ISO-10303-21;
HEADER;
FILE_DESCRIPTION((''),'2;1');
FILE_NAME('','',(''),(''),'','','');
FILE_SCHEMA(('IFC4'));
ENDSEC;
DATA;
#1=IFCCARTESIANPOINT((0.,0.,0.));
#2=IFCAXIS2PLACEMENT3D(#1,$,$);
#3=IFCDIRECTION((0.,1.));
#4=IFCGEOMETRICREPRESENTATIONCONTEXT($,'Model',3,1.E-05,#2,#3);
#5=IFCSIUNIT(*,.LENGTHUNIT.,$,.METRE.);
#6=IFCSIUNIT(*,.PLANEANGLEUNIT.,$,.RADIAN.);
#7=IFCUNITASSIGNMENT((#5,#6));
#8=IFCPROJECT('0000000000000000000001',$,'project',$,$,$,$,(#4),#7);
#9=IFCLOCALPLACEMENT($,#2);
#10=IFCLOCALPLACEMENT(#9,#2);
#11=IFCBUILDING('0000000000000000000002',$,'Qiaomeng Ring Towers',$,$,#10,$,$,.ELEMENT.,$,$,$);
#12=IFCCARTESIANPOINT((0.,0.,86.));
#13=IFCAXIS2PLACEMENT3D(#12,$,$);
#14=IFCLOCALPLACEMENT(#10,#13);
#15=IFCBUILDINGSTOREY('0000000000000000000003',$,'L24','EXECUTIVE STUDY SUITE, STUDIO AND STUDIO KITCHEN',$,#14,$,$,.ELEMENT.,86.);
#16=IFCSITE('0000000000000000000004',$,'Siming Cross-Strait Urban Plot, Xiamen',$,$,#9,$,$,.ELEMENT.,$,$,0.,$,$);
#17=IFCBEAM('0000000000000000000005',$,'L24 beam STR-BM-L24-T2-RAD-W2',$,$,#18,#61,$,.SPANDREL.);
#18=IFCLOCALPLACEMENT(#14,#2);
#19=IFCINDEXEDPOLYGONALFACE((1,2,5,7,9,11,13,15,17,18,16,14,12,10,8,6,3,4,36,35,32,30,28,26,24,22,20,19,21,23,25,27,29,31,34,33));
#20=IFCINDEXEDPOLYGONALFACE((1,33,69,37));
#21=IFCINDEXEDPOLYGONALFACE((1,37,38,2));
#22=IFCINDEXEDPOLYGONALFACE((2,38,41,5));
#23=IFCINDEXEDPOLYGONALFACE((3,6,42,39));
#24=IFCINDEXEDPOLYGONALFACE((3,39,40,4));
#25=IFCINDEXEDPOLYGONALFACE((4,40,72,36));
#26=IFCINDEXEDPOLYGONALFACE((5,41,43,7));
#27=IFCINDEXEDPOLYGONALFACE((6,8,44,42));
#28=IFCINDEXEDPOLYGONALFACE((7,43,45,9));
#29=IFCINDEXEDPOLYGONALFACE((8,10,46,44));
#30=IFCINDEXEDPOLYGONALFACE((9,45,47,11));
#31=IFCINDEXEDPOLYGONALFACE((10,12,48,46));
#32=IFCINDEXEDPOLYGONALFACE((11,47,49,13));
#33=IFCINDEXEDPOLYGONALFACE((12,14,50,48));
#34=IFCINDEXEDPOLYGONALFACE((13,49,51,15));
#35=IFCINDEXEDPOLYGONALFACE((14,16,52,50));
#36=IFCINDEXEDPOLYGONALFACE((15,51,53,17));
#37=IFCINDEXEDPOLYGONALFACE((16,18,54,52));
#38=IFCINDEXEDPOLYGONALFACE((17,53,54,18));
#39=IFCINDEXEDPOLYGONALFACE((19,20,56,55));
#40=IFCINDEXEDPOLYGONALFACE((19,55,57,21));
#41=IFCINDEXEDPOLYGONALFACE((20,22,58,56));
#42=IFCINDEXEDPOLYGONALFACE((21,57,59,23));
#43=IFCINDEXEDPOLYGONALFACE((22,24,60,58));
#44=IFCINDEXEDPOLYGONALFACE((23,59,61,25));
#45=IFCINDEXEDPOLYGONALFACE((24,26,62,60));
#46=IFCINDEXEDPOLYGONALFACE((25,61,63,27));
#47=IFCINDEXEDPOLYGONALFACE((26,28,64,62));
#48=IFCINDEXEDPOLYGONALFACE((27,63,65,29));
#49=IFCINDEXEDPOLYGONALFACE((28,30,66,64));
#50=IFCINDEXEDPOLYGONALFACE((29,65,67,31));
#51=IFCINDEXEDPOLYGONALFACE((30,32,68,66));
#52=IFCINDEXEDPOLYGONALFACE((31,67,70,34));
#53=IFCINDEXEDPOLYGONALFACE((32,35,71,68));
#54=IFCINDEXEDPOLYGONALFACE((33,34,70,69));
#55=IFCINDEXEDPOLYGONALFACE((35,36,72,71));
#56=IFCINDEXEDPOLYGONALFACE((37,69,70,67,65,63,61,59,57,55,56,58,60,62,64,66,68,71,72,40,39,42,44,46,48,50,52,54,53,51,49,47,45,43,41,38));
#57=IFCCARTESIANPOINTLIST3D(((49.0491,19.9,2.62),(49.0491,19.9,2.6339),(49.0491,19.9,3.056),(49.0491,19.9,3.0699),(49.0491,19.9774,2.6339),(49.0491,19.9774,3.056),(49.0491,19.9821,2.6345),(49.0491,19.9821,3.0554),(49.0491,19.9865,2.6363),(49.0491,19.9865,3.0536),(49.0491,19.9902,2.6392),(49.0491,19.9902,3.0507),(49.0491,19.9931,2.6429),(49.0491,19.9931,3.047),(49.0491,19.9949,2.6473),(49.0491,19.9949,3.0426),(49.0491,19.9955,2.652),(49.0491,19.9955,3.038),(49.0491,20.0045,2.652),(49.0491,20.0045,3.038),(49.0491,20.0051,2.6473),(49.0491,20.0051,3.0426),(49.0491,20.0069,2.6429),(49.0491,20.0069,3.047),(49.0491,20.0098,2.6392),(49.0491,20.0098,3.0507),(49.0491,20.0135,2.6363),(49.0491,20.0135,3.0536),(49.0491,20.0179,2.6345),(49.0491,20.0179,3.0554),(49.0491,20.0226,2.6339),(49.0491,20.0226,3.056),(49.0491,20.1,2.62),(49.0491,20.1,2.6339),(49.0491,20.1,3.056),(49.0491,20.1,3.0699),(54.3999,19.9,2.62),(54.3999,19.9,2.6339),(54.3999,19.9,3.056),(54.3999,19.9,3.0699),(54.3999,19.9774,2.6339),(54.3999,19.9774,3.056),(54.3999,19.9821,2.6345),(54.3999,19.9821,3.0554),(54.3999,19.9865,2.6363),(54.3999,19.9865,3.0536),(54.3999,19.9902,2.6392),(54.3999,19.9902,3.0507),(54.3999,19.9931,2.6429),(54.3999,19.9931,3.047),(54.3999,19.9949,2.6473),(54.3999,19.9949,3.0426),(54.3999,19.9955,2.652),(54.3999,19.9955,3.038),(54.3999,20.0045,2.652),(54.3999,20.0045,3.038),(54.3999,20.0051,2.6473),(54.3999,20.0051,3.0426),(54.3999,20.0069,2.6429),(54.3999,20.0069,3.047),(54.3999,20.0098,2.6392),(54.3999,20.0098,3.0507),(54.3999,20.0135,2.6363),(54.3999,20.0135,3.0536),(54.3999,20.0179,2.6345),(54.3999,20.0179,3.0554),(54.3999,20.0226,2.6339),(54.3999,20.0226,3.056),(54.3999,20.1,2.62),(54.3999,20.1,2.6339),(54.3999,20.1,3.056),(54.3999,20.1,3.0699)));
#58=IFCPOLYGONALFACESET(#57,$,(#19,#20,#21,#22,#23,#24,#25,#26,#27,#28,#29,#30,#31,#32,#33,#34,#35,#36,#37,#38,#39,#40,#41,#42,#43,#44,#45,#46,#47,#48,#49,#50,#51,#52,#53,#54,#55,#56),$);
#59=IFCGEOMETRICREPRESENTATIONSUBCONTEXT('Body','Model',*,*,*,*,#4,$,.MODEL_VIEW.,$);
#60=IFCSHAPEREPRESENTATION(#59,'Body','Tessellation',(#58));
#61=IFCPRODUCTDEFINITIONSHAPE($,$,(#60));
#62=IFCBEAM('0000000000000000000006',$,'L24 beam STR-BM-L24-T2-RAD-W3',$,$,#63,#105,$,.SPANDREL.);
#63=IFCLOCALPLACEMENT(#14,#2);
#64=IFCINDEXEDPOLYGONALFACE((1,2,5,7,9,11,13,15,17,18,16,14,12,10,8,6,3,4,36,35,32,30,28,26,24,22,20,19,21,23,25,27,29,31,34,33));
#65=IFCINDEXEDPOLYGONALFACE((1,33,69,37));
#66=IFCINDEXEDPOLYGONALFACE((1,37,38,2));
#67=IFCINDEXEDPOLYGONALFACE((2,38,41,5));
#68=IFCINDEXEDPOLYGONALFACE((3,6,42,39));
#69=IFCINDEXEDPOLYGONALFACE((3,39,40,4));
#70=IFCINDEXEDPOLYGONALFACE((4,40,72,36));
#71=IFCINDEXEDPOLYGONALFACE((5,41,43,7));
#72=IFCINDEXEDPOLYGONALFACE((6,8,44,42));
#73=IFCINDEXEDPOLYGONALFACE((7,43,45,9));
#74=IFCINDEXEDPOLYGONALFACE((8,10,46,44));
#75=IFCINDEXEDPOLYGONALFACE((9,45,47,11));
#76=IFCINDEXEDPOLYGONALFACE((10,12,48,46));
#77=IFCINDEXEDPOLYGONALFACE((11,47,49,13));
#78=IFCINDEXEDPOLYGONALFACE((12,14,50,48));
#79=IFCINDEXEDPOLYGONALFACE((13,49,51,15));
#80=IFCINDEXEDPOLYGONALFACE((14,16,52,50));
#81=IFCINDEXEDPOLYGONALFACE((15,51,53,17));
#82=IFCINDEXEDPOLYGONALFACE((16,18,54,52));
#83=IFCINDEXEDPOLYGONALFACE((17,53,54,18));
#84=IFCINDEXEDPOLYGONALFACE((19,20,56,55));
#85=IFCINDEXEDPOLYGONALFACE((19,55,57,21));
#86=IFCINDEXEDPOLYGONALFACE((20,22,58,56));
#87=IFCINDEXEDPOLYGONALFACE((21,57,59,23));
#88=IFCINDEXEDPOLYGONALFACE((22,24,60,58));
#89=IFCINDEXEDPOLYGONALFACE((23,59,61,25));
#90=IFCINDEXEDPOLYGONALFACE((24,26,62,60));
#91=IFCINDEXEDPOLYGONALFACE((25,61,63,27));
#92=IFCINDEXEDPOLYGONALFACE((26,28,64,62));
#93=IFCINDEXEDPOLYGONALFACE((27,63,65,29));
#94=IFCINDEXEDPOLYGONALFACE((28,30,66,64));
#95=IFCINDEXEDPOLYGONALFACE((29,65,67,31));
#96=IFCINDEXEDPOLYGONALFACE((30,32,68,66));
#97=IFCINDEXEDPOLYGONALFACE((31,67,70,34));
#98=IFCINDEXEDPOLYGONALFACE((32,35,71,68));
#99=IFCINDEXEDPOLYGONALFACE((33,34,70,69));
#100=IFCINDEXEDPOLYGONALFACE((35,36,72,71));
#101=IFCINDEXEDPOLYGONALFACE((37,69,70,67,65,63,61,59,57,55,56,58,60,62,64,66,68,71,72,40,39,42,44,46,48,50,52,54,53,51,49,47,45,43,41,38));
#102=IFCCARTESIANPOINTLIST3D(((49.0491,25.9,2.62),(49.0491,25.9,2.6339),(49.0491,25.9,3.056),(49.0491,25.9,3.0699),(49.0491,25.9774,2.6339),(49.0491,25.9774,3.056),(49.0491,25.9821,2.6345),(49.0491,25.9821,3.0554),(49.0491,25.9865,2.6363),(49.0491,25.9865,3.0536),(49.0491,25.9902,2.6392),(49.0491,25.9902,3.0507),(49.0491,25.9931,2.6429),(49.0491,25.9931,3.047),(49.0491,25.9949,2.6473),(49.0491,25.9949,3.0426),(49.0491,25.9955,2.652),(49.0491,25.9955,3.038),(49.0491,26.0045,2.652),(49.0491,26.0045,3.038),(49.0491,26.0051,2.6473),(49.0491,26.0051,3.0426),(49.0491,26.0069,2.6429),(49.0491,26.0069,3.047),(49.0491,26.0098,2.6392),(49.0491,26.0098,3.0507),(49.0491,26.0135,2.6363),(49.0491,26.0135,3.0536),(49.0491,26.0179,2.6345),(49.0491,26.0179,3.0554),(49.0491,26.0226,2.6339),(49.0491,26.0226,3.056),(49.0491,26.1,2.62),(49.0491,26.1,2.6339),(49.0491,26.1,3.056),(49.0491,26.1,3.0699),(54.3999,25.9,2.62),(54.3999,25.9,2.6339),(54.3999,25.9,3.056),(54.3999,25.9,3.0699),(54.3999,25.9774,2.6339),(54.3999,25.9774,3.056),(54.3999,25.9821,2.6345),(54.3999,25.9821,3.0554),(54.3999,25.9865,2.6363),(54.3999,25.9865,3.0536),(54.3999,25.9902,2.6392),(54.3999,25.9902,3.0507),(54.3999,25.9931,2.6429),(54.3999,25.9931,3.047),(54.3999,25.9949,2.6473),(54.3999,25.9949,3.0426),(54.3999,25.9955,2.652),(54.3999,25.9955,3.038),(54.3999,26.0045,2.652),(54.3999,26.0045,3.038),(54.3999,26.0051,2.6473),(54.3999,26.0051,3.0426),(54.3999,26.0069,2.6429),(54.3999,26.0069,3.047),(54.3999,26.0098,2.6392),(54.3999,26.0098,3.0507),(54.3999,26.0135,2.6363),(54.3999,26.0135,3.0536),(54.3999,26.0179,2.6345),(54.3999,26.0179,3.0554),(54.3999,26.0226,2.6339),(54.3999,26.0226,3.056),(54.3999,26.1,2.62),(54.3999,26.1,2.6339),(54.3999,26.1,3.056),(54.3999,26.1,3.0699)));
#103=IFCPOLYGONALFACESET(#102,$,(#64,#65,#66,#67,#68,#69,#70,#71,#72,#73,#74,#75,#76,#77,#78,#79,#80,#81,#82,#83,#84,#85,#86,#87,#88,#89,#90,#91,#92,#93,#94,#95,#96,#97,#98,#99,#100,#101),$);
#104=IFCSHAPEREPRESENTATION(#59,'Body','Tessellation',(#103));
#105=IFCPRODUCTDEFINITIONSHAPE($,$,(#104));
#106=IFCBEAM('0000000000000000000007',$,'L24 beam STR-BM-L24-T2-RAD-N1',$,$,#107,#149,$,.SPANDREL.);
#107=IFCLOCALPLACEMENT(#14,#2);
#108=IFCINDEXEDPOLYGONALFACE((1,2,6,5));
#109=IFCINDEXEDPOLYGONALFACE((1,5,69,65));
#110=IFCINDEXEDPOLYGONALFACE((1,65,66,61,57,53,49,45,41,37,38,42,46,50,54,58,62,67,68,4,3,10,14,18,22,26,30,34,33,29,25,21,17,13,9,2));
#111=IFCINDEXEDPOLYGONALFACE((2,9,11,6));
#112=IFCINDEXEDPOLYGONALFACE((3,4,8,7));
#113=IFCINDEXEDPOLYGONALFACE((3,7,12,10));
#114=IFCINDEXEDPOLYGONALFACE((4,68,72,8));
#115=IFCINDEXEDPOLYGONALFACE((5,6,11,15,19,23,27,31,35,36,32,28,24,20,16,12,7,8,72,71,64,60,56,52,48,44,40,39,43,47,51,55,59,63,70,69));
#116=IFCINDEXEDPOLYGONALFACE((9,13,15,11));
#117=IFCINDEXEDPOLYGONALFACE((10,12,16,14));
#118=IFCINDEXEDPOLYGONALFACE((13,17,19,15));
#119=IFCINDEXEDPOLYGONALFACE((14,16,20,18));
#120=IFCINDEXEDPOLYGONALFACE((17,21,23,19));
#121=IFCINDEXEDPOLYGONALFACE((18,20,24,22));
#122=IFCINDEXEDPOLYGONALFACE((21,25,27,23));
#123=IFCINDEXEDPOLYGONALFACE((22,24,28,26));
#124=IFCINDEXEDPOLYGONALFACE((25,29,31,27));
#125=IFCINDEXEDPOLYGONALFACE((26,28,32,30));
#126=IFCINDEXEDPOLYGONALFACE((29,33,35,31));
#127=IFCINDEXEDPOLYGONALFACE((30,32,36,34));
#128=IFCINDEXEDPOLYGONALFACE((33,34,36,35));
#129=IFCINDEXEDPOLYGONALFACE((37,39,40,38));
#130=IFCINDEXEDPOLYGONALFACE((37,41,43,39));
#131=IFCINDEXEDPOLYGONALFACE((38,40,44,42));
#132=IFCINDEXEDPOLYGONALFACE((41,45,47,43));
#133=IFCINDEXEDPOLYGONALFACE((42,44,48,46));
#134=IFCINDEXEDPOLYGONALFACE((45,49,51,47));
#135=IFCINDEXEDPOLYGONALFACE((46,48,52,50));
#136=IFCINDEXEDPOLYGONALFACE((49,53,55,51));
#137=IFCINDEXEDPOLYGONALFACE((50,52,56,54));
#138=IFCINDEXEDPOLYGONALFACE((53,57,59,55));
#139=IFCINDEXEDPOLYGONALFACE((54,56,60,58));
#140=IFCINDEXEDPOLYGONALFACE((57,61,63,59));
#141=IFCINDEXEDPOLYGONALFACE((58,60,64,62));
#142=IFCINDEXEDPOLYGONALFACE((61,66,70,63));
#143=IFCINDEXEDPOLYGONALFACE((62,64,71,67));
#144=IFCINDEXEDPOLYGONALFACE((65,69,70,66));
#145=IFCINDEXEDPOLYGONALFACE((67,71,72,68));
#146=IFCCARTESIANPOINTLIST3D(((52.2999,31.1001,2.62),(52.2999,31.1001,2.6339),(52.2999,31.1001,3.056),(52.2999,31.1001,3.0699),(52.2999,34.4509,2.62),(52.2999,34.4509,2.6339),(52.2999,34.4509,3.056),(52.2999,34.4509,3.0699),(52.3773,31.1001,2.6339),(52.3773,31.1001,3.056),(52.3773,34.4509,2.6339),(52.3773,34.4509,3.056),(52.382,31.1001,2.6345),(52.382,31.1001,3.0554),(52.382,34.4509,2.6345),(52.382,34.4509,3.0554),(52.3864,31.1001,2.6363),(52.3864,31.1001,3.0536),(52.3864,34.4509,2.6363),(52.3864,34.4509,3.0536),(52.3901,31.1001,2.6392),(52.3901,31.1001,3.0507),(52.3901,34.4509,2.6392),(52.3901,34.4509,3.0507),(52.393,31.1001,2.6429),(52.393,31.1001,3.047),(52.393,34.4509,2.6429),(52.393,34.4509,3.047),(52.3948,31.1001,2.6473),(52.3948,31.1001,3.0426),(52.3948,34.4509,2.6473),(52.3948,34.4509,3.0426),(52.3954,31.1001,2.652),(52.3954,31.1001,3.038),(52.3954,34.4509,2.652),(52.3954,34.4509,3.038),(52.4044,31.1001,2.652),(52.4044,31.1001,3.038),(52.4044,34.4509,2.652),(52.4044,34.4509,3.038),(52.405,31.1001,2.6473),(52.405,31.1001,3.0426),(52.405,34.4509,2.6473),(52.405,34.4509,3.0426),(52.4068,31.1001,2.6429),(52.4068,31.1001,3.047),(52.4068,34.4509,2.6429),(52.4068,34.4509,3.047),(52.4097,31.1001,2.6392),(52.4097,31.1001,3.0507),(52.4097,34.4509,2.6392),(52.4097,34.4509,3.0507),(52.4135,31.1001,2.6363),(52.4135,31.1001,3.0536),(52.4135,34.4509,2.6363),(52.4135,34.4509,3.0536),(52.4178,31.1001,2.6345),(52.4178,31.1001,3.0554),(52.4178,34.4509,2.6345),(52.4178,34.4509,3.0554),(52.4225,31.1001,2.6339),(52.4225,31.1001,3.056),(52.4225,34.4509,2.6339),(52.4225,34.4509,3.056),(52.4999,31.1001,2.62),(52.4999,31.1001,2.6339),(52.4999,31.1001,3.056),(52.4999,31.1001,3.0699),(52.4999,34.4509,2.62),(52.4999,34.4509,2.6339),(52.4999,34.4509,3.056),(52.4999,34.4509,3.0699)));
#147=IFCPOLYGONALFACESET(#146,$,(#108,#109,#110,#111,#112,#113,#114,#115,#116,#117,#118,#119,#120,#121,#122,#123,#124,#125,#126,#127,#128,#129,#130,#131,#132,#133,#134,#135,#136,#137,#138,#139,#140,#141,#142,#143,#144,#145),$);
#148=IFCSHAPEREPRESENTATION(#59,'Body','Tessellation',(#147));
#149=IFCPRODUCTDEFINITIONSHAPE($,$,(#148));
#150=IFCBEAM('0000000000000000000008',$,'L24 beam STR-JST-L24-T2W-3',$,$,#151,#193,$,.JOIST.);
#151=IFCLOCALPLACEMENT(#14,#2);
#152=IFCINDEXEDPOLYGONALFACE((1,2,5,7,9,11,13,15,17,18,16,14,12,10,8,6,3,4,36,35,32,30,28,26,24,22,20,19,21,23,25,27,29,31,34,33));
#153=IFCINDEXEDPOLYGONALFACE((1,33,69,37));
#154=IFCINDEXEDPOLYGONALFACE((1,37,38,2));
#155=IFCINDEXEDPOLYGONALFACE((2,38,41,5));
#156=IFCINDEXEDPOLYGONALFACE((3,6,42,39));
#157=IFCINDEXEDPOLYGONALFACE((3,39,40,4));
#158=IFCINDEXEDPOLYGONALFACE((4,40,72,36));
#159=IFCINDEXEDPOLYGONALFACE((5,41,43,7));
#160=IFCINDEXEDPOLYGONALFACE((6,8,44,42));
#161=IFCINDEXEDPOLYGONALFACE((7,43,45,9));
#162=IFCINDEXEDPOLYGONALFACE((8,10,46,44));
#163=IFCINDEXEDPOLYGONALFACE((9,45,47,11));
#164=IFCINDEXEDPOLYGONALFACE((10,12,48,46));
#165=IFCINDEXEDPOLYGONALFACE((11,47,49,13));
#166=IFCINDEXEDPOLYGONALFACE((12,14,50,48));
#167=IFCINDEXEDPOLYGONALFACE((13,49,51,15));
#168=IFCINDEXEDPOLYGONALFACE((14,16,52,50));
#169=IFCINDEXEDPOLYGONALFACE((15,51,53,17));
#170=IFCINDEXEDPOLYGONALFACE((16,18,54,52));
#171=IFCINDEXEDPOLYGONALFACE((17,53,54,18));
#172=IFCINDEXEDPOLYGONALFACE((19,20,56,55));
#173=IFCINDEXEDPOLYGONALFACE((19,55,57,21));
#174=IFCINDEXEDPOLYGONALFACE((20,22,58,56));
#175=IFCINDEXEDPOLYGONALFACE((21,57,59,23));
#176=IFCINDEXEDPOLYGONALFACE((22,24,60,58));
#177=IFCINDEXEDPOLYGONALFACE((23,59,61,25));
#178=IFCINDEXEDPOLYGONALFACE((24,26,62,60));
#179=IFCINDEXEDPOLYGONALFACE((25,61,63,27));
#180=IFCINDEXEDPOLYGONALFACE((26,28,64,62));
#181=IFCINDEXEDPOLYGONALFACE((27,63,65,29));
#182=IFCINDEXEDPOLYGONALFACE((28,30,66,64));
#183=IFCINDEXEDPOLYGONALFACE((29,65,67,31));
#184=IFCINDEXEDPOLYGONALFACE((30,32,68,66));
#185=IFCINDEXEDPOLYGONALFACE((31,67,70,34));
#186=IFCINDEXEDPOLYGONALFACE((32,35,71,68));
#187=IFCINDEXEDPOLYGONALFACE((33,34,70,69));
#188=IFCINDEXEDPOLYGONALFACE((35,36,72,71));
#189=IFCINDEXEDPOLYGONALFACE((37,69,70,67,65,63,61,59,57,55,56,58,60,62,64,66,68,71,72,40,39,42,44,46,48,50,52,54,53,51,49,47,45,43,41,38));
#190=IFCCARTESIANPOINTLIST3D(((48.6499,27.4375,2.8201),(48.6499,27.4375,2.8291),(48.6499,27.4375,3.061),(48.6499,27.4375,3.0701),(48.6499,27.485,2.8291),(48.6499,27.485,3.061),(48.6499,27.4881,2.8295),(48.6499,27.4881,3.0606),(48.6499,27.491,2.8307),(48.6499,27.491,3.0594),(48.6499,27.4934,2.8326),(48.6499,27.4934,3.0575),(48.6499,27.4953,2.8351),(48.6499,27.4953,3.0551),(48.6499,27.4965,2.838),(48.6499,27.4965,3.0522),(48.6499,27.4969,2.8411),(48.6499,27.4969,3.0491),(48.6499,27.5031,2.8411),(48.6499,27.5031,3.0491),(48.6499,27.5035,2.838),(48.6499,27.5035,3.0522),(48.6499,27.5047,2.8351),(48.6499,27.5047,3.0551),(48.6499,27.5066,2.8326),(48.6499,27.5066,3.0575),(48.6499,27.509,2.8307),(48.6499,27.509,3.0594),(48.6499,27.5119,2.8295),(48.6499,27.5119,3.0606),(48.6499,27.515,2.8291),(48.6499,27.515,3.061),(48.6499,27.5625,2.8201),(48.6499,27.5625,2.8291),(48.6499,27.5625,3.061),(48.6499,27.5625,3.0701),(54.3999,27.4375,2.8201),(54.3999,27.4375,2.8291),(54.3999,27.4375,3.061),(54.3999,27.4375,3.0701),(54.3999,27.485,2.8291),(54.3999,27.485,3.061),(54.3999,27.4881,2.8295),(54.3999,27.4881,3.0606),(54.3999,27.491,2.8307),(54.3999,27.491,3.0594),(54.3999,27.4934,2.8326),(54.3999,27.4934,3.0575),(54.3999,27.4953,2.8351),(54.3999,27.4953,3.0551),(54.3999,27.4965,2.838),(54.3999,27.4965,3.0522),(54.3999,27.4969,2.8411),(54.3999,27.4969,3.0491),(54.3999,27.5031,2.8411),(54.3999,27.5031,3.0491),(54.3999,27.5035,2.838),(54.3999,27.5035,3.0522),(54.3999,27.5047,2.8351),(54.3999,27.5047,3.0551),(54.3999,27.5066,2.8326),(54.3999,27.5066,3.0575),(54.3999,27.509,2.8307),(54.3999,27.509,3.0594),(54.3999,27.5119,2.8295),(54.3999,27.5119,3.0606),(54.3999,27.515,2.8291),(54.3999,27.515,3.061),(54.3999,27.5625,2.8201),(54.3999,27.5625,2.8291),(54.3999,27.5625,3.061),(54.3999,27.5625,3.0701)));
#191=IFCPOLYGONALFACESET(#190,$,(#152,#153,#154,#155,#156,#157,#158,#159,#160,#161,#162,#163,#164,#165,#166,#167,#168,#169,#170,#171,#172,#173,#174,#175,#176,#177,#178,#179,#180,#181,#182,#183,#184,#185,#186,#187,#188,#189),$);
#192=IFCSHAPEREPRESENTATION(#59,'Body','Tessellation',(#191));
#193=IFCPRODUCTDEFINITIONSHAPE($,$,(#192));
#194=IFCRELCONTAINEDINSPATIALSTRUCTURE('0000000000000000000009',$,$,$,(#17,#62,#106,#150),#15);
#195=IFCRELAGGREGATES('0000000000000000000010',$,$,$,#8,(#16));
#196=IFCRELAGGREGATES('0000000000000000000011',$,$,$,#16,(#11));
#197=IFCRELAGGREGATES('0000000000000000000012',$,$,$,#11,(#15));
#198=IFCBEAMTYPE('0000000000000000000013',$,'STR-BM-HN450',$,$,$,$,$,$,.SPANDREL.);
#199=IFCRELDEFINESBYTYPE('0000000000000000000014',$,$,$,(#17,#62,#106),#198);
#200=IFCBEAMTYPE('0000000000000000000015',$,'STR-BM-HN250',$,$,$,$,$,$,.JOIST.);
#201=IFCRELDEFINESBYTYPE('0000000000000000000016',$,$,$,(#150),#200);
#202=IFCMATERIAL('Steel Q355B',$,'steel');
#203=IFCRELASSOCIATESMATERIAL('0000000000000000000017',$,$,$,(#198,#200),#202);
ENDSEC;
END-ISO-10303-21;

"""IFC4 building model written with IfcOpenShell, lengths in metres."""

from ifc_helpers import new_model, si_unit, direction, frame, origin, origin_2d, place, context, subcontext, project, spatial, i_section, extrude, source, transform, mapped, material, material_profile, profile_set, type_object, element, save


model = new_model("IFC4")

# Units and contexts
model_context = context("Model", 3, precision=1e-05, world=origin(), true_north=direction((0.0, 1.0)))
body_context = subcontext(model_context, "Body", "Model", "MODEL_VIEW")
ifc_project = project(units=[si_unit("LENGTHUNIT", "METRE"), si_unit("PLANEANGLEUNIT", "RADIAN")], contexts=[model_context])

# Site, building, storey
site_placement = place(None, origin())
site = spatial("IfcSite", under=ifc_project, at=site_placement, Name="Siming Cross-Strait Urban Plot, Xiamen", CompositionType="ELEMENT", RefElevation=0.0)
building_placement = place(site_placement, origin())
building = spatial("IfcBuilding", under=site, at=building_placement, Name="Qiaomeng Ring Towers", CompositionType="ELEMENT")
storey_placement = place(building_placement, frame((0.0, 0.0, 86.0)))
storey = spatial("IfcBuildingStorey", under=building, at=storey_placement, Name="L24", Description="EXECUTIVE STUDY SUITE, STUDIO AND STUDIO KITCHEN", CompositionType="ELEMENT", Elevation=86.0)

# Beams
ifc_material_1 = material(Name="Steel Q355B", Category="steel")
ifc_material_profile_1 = material_profile(ifc_material_1, i_section(OverallWidth=0.2, OverallDepth=0.45, WebThickness=0.009, FlangeThickness=0.0139, FilletRadius=0.0181, at=origin_2d()), Name="HN 450x200x9x14")
ifc_profile_set_1 = profile_set([ifc_material_profile_1], Name="Steel Q355B")
beam_type_1 = type_object("IfcBeamType", Name="STR-BM-HN450", PredefinedType="SPANDREL", material=ifc_profile_set_1)
shared_shape_1 = source(origin(), body_context, "Body", "SweptSolid", [
    extrude(i_section(OverallWidth=0.2, OverallDepth=0.45, WebThickness=0.009, FlangeThickness=0.0139, FilletRadius=0.0181, at=origin_2d()), origin(), (0.0, 0.0, 1.0), 5.3508),
])
for number, where, z_axis, x_axis, name in (
    (1, (49.0491, 20.0, 2.845), (1.0, 0.0, 0.0), (0.0, 1.0, 0.0), "L24 beam STR-BM-L24-T2-RAD-W2"),
    (2, (49.0491, 26.0, 2.845), (1.0, 0.0, 0.0), (0.0, 1.0, 0.0), "L24 beam STR-BM-L24-T2-RAD-W3"),
):
    element("IfcBeam", number, at=place(storey_placement, frame(where, z_axis=z_axis, x_axis=x_axis)), inside=storey, type_object=beam_type_1, Name=name, PredefinedType="SPANDREL", context=body_context, shape_type="MappedRepresentation", body=[
        mapped(shared_shape_1, transform((0.0, 0.0, 0.0), x_axis=(1.0, 0.0, 0.0), y_axis=(0.0, 1.0, 0.0), z_axis=(0.0, 0.0, 1.0), scale=1.0)),
    ])
shared_shape_2 = source(origin(), body_context, "Body", "SweptSolid", [
    extrude(i_section(OverallWidth=0.2, OverallDepth=0.45, WebThickness=0.009, FlangeThickness=0.0139, FilletRadius=0.0181, at=origin_2d()), origin(), (0.0, 0.0, 1.0), 3.3508),
])
beam_1_placement = place(storey_placement, frame((52.3999, 34.4509, 2.845), z_axis=(0.0, -1.0, 0.0), x_axis=(1.0, 0.0, 0.0)))
element("IfcBeam", 3, at=beam_1_placement, inside=storey, type_object=beam_type_1, Name="L24 beam STR-BM-L24-T2-RAD-N1", PredefinedType="SPANDREL", context=body_context, shape_type="MappedRepresentation", body=[
    mapped(shared_shape_2, transform((0.0, 0.0, 0.0), x_axis=(1.0, 0.0, 0.0), y_axis=(0.0, 1.0, 0.0), z_axis=(0.0, 0.0, 1.0), scale=1.0)),
])
ifc_material_profile_2 = material_profile(ifc_material_1, i_section(OverallWidth=0.125, OverallDepth=0.25, WebThickness=0.0061, FlangeThickness=0.009, FilletRadius=0.012, at=origin_2d()), Name="HN 250x125x6x9")
ifc_profile_set_2 = profile_set([ifc_material_profile_2], Name="Steel Q355B")
beam_type_2 = type_object("IfcBeamType", Name="STR-BM-HN250", PredefinedType="JOIST", material=ifc_profile_set_2)
shared_shape_3 = source(origin(), body_context, "Body", "SweptSolid", [
    extrude(i_section(OverallWidth=0.125, OverallDepth=0.25, WebThickness=0.0061, FlangeThickness=0.009, FilletRadius=0.012, at=origin_2d()), origin(), (0.0, 0.0, 1.0), 5.75),
])
beam_2_placement = place(storey_placement, frame((48.6499, 27.5, 2.9451), z_axis=(1.0, 0.0, 0.0), x_axis=(0.0, 1.0, 0.0)))
element("IfcBeam", 4, at=beam_2_placement, inside=storey, type_object=beam_type_2, Name="L24 beam STR-JST-L24-T2W-3", PredefinedType="JOIST", context=body_context, shape_type="MappedRepresentation", body=[
    mapped(shared_shape_3, transform((0.0, 0.0, 0.0), x_axis=(1.0, 0.0, 0.0), y_axis=(0.0, 1.0, 0.0), z_axis=(0.0, 0.0, 1.0), scale=1.0)),
])

save(model, "model.ifc")
